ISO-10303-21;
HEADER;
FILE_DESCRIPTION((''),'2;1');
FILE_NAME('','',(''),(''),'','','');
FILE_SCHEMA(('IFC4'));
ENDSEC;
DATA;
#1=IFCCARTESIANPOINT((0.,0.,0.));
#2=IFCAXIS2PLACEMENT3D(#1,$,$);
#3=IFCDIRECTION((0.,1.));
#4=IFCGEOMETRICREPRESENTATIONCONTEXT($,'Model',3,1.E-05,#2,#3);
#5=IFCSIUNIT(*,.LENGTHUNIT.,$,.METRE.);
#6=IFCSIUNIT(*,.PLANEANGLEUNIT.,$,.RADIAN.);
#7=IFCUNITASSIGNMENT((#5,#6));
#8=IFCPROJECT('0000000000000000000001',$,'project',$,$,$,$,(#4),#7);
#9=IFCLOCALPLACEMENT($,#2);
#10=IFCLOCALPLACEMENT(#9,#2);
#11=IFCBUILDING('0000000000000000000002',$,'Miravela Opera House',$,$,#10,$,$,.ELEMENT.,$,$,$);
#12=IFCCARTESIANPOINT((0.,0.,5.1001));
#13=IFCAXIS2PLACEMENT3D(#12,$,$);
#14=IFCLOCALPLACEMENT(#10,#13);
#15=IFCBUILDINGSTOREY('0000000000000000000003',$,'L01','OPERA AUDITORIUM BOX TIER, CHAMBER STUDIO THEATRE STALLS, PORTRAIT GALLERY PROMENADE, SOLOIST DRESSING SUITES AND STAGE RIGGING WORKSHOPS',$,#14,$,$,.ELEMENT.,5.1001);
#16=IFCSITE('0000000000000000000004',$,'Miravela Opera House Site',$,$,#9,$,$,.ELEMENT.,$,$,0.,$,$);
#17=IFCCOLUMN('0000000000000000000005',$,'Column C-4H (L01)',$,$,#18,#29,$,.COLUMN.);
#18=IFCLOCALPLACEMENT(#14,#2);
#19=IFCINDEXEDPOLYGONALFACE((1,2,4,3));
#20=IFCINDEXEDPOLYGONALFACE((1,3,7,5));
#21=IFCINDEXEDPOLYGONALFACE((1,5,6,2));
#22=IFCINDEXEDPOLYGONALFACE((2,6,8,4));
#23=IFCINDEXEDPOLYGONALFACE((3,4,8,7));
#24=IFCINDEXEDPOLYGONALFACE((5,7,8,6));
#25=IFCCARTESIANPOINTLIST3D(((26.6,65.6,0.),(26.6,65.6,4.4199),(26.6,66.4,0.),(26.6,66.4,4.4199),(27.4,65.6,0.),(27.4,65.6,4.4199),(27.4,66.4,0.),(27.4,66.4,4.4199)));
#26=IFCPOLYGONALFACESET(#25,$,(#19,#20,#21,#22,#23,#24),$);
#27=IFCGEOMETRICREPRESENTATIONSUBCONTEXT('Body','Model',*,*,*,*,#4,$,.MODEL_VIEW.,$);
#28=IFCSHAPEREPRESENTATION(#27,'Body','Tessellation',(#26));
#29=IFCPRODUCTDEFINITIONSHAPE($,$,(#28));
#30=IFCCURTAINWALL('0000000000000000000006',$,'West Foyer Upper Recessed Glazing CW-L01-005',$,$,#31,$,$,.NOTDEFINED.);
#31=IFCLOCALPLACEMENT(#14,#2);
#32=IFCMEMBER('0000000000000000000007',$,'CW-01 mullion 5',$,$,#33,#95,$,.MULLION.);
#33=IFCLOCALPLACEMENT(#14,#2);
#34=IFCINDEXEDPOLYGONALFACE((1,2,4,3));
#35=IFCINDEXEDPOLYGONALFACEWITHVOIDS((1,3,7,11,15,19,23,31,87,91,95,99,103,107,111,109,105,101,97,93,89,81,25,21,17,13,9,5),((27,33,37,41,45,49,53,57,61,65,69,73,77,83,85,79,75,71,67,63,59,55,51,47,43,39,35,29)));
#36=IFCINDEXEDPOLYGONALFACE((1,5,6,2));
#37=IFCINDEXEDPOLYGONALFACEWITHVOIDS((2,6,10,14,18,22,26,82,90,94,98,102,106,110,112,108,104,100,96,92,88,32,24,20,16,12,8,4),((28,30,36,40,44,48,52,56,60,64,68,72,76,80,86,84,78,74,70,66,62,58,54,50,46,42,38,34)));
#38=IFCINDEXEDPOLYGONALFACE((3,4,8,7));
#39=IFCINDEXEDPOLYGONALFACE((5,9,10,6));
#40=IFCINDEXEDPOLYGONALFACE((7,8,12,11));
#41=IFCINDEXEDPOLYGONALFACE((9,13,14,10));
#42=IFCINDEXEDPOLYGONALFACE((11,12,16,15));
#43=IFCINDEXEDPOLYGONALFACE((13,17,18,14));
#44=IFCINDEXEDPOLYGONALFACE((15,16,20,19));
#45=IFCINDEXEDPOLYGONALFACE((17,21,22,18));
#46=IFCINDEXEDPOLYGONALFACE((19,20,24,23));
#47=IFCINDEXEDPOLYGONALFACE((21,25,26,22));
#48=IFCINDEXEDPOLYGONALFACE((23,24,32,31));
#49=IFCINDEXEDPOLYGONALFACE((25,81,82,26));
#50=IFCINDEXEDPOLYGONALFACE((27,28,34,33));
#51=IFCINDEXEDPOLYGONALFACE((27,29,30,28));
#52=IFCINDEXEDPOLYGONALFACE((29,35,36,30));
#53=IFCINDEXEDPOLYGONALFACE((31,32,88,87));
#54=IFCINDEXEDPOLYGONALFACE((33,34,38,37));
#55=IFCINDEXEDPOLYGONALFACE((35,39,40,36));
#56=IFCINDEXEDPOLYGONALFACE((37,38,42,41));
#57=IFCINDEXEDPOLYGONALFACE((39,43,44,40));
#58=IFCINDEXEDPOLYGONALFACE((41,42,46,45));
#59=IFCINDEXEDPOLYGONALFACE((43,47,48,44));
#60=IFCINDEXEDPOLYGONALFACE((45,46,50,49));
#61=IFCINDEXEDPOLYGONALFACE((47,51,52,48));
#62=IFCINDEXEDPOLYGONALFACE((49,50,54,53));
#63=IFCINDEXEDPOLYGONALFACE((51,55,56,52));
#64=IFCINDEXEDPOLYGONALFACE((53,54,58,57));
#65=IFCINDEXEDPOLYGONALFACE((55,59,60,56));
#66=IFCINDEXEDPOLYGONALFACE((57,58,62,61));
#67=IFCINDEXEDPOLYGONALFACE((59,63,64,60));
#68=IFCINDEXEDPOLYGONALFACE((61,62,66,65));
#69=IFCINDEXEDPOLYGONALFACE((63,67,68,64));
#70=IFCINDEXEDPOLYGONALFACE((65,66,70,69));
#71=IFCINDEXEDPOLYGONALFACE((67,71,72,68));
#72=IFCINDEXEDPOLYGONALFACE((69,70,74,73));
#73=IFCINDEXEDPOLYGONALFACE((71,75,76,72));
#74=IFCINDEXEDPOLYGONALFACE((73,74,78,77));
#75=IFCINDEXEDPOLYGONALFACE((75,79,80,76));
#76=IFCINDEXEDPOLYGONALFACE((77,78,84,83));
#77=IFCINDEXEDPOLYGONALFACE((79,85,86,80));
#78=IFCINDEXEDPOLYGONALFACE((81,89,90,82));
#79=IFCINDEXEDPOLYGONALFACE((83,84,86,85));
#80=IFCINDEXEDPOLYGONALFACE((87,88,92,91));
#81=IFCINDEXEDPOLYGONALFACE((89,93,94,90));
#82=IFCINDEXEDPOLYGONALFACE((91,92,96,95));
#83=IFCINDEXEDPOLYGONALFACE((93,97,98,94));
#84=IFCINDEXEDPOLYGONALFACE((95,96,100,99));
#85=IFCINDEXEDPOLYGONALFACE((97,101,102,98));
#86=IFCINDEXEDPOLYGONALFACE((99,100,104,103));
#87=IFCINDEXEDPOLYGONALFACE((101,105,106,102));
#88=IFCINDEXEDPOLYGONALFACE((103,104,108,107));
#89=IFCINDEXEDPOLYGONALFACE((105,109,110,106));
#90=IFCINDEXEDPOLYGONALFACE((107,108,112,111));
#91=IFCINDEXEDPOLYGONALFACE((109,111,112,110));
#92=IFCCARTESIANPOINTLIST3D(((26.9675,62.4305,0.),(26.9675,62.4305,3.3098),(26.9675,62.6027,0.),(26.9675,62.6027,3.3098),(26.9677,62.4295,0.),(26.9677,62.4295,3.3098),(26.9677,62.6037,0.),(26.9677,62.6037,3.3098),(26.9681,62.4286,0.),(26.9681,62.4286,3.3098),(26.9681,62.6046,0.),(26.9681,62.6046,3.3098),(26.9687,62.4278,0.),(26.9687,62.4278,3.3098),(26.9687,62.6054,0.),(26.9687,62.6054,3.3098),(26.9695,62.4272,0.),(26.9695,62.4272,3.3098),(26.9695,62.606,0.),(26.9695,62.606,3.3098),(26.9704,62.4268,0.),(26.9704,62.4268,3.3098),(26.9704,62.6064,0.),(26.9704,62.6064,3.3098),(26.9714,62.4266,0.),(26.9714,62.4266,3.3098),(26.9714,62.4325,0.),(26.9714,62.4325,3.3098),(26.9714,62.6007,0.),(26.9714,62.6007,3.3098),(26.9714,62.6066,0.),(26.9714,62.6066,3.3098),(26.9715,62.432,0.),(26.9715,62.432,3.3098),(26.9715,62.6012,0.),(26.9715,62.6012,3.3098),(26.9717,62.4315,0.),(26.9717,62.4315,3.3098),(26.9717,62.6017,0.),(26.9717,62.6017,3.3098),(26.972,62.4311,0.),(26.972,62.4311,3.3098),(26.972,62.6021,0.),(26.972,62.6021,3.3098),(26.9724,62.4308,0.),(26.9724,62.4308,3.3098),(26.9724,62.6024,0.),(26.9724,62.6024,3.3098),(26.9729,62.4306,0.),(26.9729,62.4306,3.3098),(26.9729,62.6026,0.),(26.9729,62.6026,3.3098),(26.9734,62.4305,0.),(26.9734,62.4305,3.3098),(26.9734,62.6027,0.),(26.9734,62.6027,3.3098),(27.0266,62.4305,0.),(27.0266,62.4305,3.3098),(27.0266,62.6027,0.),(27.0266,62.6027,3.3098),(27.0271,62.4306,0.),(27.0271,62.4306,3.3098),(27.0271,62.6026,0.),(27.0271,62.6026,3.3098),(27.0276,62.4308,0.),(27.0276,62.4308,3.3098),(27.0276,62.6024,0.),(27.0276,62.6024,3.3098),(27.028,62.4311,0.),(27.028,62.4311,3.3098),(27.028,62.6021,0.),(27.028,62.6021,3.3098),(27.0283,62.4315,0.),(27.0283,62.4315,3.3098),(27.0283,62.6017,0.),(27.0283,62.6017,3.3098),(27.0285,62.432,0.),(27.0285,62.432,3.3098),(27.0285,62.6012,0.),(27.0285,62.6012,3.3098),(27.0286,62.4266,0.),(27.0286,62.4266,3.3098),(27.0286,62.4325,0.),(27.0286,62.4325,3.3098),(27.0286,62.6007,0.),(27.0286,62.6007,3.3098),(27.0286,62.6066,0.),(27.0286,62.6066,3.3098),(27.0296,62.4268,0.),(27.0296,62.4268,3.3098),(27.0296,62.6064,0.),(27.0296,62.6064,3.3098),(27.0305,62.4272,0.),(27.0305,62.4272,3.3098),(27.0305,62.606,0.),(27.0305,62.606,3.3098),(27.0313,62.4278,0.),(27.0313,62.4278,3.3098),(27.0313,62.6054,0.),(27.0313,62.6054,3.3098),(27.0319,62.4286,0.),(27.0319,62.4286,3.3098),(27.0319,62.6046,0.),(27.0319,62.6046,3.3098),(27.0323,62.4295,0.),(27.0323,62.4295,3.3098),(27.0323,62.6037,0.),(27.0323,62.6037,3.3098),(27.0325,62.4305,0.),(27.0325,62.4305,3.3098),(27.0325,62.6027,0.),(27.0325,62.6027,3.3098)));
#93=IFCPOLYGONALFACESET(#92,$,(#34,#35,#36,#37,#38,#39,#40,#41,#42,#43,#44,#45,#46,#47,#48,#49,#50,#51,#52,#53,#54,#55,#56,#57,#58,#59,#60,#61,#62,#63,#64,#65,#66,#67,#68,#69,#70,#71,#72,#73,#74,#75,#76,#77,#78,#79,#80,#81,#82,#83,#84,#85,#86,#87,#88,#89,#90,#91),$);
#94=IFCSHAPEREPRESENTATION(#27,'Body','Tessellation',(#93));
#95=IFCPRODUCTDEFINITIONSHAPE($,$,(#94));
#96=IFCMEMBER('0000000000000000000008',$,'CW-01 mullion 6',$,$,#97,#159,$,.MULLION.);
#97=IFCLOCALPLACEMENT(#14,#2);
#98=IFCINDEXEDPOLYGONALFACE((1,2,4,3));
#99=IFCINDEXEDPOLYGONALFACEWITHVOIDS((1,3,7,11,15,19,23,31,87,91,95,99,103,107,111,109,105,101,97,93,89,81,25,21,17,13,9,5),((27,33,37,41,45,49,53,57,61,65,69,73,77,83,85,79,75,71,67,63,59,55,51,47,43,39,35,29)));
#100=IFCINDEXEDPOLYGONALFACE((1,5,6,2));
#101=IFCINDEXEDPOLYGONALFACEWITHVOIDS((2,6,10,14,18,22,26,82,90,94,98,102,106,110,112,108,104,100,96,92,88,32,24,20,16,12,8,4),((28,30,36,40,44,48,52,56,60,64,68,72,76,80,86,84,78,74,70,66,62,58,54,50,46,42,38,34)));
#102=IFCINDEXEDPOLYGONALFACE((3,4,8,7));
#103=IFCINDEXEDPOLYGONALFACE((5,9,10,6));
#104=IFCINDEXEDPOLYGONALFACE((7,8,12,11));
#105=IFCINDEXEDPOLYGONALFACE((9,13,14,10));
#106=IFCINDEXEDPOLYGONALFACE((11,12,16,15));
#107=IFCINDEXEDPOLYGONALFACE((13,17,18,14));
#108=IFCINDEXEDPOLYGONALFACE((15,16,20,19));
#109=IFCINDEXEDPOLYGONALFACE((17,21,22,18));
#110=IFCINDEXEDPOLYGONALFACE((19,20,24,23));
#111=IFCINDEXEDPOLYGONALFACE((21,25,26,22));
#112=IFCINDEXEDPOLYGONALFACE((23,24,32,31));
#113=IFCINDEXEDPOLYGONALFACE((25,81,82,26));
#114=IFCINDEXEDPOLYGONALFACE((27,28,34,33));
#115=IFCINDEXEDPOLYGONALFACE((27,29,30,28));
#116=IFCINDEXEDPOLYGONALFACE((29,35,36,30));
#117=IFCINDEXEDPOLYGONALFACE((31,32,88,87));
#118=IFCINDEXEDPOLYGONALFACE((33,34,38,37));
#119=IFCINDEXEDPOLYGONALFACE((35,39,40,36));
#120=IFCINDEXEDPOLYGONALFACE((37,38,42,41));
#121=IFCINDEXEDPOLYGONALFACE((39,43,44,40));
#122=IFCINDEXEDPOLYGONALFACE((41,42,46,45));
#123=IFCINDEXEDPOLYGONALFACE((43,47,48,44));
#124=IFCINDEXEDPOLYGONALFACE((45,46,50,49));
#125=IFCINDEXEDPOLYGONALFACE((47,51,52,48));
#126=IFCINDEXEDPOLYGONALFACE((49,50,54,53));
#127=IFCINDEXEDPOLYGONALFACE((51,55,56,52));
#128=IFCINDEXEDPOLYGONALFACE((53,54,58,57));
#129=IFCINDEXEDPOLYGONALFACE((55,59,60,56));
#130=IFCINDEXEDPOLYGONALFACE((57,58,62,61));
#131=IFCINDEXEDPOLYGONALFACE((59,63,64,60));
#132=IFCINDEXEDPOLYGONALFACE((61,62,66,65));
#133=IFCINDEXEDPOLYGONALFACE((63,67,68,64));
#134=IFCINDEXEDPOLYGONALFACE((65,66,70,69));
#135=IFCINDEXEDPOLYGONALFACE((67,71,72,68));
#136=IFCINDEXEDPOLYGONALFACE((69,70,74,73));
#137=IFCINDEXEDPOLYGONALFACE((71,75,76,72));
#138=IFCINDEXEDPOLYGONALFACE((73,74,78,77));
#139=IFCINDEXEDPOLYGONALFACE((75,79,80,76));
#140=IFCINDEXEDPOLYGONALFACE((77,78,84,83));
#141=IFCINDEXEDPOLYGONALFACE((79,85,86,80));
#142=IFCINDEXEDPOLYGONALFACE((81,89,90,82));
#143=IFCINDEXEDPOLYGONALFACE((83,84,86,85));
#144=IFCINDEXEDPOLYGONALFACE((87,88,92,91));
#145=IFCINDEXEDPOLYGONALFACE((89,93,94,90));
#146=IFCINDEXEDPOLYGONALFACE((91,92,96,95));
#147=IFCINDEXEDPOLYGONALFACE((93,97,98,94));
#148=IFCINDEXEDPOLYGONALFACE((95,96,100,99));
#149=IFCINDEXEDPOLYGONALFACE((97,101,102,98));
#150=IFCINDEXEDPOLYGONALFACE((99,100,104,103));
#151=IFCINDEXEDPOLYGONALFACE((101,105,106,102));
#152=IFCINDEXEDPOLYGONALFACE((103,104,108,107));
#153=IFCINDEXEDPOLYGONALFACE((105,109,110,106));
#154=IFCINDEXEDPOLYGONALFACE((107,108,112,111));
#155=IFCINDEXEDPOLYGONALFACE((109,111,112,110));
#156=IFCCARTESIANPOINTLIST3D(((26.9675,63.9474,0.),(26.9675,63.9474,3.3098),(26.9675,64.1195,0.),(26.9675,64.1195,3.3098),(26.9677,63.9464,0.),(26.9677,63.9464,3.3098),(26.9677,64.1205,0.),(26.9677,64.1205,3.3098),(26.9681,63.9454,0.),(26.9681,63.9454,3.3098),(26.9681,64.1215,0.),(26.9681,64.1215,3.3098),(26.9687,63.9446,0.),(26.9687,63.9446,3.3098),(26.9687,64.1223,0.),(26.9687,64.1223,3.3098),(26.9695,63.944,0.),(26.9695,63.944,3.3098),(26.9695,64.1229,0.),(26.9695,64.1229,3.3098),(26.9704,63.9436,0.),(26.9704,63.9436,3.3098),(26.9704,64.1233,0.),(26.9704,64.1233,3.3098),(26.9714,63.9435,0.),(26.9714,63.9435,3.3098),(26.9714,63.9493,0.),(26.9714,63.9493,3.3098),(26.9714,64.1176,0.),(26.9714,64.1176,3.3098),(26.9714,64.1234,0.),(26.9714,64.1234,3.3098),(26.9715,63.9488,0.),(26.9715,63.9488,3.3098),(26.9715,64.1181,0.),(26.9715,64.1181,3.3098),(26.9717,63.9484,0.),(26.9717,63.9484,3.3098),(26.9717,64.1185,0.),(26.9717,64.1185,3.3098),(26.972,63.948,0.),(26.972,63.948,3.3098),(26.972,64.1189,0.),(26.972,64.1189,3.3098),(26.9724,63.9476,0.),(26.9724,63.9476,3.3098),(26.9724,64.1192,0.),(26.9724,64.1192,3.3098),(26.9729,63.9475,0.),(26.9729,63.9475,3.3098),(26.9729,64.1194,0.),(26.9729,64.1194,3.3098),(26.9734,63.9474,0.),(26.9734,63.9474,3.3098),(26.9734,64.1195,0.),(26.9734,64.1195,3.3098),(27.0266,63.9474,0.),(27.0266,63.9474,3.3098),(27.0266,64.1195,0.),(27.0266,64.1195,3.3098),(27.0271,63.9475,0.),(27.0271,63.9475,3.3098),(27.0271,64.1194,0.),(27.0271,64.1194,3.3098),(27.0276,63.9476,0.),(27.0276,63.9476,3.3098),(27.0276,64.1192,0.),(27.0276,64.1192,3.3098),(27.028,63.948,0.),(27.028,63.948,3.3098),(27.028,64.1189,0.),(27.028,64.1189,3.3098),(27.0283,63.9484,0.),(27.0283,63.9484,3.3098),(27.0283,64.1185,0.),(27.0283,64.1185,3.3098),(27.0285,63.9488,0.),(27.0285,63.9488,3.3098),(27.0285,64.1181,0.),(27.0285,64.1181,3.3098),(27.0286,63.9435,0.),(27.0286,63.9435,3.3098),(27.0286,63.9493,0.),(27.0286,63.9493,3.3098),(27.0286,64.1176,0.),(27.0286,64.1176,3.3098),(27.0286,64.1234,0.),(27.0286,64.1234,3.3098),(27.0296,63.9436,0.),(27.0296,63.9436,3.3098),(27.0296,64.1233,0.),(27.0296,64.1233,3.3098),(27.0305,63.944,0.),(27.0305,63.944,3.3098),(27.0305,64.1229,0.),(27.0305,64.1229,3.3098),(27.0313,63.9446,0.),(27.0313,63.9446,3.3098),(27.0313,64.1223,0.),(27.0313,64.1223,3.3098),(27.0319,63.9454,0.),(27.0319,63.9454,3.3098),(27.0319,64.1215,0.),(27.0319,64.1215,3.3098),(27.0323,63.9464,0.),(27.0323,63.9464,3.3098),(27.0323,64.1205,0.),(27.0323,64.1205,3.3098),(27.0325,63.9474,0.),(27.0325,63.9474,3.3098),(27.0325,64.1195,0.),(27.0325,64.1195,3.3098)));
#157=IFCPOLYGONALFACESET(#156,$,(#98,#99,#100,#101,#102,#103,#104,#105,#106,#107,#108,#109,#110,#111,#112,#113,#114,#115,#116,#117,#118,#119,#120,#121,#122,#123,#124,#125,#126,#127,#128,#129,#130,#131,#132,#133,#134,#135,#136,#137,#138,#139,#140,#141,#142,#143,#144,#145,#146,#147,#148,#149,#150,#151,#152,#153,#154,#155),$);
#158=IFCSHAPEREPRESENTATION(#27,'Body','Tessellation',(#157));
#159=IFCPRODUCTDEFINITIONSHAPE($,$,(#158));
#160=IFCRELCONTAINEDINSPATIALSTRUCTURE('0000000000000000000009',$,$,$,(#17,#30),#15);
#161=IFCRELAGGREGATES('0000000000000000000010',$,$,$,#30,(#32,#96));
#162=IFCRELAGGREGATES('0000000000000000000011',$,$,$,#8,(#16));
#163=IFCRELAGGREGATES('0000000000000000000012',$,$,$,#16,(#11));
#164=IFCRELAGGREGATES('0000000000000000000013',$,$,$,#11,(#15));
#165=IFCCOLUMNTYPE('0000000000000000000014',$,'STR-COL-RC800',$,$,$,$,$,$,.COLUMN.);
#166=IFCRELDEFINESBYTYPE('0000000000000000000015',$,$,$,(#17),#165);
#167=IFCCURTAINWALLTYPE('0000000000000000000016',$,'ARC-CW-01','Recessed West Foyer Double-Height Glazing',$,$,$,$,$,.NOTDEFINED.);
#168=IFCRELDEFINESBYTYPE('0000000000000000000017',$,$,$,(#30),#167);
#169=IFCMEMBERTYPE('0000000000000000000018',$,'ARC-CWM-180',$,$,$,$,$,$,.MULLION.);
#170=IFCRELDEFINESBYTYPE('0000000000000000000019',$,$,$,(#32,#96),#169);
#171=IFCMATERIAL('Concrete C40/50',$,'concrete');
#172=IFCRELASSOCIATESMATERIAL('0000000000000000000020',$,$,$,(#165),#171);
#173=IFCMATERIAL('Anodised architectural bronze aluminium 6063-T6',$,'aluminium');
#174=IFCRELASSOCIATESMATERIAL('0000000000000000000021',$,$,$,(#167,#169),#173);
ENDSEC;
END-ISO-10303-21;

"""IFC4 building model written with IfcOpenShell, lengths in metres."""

from ifc_helpers import new_model, si_unit, direction, frame, origin, origin_2d, place, context, subcontext, project, spatial, rectangle, hollow_rectangle, extrude, material, material_profile, profile_set, type_object, element, aggregate, save


model = new_model("IFC4")

# Units and contexts
model_context = context("Model", 3, precision=1e-05, world=origin(), true_north=direction((0.0, 1.0)))
body_context = subcontext(model_context, "Body", "Model", "MODEL_VIEW")
ifc_project = project(units=[si_unit("LENGTHUNIT", "METRE"), si_unit("PLANEANGLEUNIT", "RADIAN")], contexts=[model_context])

# Site, building, storey
site_placement = place(None, origin())
site = spatial("IfcSite", under=ifc_project, at=site_placement, Name="Miravela Opera House Site", CompositionType="ELEMENT", RefElevation=0.0)
building_placement = place(site_placement, origin())
building = spatial("IfcBuilding", under=site, at=building_placement, Name="Miravela Opera House", CompositionType="ELEMENT")
storey_placement = place(building_placement, frame((0.0, 0.0, 5.1001)))
storey = spatial("IfcBuildingStorey", under=building, at=storey_placement, Name="L01", Description="OPERA AUDITORIUM BOX TIER, CHAMBER STUDIO THEATRE STALLS, PORTRAIT GALLERY PROMENADE, SOLOIST DRESSING SUITES AND STAGE RIGGING WORKSHOPS", CompositionType="ELEMENT", Elevation=5.1001)

# Column
ifc_material_1 = material(Name="Concrete C40/50", Category="concrete")
ifc_material_profile_1 = material_profile(ifc_material_1, rectangle(XDim=0.8, YDim=0.8, at=origin_2d()), Name="RC-COL-800X800")
ifc_profile_set_1 = profile_set([ifc_material_profile_1])
column_type = type_object("IfcColumnType", Name="STR-COL-RC800", PredefinedType="COLUMN", material=ifc_profile_set_1)
column_placement = place(storey_placement, frame((27.0, 66.0, 0.0), z_axis=(0.0, 0.0, 1.0), x_axis=(1.0, 0.0, 0.0)))
element("IfcColumn", 1, at=column_placement, inside=storey, type_object=column_type, Name="Column C-4H (L01)", PredefinedType="COLUMN", context=body_context, shape_type="SweptSolid", body=[
    extrude(rectangle(XDim=0.8, YDim=0.8, at=origin_2d()), origin(), (0.0, 0.0, 1.0), 4.4199),
])

# Curtain wall, members
ifc_material_2 = material(Name="Anodised architectural bronze aluminium 6063-T6", Category="aluminium")
curtain_wall_type = type_object("IfcCurtainWallType", Name="ARC-CW-01", Description="Recessed West Foyer Double-Height Glazing", PredefinedType="NOTDEFINED", material=ifc_material_2)
curtain_wall_1_placement = place(storey_placement, origin())
curtain_wall_1 = element("IfcCurtainWall", 2, at=curtain_wall_1_placement, inside=storey, type_object=curtain_wall_type, Name="West Foyer Upper Recessed Glazing CW-L01-005", PredefinedType="NOTDEFINED")
ifc_material_profile_2 = material_profile(ifc_material_2, hollow_rectangle(XDim=0.0649, YDim=0.1799, WallThickness=0.0039, InnerFilletRadius=0.002, OuterFilletRadius=0.0039, at=origin_2d()), Name="CWM-65X180")
ifc_profile_set_2 = profile_set([ifc_material_profile_2])
member_type_1 = type_object("IfcMemberType", Name="ARC-CWM-180", PredefinedType="MULLION", material=ifc_profile_set_2)
member_1_placement = place(storey_placement, frame((27.0, 62.5166, 0.0), z_axis=(0.0, 0.0, 1.0), x_axis=(-1.0, 0.0, 0.0)))
member_1 = element("IfcMember", 3, at=member_1_placement, type_object=member_type_1, Name="CW-01 mullion 5", PredefinedType="MULLION", context=body_context, shape_type="SweptSolid", body=[
    extrude(hollow_rectangle(XDim=0.0649, YDim=0.1799, WallThickness=0.0039, InnerFilletRadius=0.002, OuterFilletRadius=0.0039, at=origin_2d()), origin(), (0.0, 0.0, 1.0), 3.3098),
])
member_2_placement = place(storey_placement, frame((27.0, 64.0334, 0.0), z_axis=(0.0, 0.0, 1.0), x_axis=(-1.0, 0.0, 0.0)))
member_2 = element("IfcMember", 4, at=member_2_placement, type_object=member_type_1, Name="CW-01 mullion 6", PredefinedType="MULLION", context=body_context, shape_type="SweptSolid", body=[
    extrude(hollow_rectangle(XDim=0.0649, YDim=0.1799, WallThickness=0.0039, InnerFilletRadius=0.002, OuterFilletRadius=0.0039, at=origin_2d()), origin(), (0.0, 0.0, 1.0), 3.3098),
])

aggregate(curtain_wall_1, [member_1, member_2])

save(model, "model.ifc")
